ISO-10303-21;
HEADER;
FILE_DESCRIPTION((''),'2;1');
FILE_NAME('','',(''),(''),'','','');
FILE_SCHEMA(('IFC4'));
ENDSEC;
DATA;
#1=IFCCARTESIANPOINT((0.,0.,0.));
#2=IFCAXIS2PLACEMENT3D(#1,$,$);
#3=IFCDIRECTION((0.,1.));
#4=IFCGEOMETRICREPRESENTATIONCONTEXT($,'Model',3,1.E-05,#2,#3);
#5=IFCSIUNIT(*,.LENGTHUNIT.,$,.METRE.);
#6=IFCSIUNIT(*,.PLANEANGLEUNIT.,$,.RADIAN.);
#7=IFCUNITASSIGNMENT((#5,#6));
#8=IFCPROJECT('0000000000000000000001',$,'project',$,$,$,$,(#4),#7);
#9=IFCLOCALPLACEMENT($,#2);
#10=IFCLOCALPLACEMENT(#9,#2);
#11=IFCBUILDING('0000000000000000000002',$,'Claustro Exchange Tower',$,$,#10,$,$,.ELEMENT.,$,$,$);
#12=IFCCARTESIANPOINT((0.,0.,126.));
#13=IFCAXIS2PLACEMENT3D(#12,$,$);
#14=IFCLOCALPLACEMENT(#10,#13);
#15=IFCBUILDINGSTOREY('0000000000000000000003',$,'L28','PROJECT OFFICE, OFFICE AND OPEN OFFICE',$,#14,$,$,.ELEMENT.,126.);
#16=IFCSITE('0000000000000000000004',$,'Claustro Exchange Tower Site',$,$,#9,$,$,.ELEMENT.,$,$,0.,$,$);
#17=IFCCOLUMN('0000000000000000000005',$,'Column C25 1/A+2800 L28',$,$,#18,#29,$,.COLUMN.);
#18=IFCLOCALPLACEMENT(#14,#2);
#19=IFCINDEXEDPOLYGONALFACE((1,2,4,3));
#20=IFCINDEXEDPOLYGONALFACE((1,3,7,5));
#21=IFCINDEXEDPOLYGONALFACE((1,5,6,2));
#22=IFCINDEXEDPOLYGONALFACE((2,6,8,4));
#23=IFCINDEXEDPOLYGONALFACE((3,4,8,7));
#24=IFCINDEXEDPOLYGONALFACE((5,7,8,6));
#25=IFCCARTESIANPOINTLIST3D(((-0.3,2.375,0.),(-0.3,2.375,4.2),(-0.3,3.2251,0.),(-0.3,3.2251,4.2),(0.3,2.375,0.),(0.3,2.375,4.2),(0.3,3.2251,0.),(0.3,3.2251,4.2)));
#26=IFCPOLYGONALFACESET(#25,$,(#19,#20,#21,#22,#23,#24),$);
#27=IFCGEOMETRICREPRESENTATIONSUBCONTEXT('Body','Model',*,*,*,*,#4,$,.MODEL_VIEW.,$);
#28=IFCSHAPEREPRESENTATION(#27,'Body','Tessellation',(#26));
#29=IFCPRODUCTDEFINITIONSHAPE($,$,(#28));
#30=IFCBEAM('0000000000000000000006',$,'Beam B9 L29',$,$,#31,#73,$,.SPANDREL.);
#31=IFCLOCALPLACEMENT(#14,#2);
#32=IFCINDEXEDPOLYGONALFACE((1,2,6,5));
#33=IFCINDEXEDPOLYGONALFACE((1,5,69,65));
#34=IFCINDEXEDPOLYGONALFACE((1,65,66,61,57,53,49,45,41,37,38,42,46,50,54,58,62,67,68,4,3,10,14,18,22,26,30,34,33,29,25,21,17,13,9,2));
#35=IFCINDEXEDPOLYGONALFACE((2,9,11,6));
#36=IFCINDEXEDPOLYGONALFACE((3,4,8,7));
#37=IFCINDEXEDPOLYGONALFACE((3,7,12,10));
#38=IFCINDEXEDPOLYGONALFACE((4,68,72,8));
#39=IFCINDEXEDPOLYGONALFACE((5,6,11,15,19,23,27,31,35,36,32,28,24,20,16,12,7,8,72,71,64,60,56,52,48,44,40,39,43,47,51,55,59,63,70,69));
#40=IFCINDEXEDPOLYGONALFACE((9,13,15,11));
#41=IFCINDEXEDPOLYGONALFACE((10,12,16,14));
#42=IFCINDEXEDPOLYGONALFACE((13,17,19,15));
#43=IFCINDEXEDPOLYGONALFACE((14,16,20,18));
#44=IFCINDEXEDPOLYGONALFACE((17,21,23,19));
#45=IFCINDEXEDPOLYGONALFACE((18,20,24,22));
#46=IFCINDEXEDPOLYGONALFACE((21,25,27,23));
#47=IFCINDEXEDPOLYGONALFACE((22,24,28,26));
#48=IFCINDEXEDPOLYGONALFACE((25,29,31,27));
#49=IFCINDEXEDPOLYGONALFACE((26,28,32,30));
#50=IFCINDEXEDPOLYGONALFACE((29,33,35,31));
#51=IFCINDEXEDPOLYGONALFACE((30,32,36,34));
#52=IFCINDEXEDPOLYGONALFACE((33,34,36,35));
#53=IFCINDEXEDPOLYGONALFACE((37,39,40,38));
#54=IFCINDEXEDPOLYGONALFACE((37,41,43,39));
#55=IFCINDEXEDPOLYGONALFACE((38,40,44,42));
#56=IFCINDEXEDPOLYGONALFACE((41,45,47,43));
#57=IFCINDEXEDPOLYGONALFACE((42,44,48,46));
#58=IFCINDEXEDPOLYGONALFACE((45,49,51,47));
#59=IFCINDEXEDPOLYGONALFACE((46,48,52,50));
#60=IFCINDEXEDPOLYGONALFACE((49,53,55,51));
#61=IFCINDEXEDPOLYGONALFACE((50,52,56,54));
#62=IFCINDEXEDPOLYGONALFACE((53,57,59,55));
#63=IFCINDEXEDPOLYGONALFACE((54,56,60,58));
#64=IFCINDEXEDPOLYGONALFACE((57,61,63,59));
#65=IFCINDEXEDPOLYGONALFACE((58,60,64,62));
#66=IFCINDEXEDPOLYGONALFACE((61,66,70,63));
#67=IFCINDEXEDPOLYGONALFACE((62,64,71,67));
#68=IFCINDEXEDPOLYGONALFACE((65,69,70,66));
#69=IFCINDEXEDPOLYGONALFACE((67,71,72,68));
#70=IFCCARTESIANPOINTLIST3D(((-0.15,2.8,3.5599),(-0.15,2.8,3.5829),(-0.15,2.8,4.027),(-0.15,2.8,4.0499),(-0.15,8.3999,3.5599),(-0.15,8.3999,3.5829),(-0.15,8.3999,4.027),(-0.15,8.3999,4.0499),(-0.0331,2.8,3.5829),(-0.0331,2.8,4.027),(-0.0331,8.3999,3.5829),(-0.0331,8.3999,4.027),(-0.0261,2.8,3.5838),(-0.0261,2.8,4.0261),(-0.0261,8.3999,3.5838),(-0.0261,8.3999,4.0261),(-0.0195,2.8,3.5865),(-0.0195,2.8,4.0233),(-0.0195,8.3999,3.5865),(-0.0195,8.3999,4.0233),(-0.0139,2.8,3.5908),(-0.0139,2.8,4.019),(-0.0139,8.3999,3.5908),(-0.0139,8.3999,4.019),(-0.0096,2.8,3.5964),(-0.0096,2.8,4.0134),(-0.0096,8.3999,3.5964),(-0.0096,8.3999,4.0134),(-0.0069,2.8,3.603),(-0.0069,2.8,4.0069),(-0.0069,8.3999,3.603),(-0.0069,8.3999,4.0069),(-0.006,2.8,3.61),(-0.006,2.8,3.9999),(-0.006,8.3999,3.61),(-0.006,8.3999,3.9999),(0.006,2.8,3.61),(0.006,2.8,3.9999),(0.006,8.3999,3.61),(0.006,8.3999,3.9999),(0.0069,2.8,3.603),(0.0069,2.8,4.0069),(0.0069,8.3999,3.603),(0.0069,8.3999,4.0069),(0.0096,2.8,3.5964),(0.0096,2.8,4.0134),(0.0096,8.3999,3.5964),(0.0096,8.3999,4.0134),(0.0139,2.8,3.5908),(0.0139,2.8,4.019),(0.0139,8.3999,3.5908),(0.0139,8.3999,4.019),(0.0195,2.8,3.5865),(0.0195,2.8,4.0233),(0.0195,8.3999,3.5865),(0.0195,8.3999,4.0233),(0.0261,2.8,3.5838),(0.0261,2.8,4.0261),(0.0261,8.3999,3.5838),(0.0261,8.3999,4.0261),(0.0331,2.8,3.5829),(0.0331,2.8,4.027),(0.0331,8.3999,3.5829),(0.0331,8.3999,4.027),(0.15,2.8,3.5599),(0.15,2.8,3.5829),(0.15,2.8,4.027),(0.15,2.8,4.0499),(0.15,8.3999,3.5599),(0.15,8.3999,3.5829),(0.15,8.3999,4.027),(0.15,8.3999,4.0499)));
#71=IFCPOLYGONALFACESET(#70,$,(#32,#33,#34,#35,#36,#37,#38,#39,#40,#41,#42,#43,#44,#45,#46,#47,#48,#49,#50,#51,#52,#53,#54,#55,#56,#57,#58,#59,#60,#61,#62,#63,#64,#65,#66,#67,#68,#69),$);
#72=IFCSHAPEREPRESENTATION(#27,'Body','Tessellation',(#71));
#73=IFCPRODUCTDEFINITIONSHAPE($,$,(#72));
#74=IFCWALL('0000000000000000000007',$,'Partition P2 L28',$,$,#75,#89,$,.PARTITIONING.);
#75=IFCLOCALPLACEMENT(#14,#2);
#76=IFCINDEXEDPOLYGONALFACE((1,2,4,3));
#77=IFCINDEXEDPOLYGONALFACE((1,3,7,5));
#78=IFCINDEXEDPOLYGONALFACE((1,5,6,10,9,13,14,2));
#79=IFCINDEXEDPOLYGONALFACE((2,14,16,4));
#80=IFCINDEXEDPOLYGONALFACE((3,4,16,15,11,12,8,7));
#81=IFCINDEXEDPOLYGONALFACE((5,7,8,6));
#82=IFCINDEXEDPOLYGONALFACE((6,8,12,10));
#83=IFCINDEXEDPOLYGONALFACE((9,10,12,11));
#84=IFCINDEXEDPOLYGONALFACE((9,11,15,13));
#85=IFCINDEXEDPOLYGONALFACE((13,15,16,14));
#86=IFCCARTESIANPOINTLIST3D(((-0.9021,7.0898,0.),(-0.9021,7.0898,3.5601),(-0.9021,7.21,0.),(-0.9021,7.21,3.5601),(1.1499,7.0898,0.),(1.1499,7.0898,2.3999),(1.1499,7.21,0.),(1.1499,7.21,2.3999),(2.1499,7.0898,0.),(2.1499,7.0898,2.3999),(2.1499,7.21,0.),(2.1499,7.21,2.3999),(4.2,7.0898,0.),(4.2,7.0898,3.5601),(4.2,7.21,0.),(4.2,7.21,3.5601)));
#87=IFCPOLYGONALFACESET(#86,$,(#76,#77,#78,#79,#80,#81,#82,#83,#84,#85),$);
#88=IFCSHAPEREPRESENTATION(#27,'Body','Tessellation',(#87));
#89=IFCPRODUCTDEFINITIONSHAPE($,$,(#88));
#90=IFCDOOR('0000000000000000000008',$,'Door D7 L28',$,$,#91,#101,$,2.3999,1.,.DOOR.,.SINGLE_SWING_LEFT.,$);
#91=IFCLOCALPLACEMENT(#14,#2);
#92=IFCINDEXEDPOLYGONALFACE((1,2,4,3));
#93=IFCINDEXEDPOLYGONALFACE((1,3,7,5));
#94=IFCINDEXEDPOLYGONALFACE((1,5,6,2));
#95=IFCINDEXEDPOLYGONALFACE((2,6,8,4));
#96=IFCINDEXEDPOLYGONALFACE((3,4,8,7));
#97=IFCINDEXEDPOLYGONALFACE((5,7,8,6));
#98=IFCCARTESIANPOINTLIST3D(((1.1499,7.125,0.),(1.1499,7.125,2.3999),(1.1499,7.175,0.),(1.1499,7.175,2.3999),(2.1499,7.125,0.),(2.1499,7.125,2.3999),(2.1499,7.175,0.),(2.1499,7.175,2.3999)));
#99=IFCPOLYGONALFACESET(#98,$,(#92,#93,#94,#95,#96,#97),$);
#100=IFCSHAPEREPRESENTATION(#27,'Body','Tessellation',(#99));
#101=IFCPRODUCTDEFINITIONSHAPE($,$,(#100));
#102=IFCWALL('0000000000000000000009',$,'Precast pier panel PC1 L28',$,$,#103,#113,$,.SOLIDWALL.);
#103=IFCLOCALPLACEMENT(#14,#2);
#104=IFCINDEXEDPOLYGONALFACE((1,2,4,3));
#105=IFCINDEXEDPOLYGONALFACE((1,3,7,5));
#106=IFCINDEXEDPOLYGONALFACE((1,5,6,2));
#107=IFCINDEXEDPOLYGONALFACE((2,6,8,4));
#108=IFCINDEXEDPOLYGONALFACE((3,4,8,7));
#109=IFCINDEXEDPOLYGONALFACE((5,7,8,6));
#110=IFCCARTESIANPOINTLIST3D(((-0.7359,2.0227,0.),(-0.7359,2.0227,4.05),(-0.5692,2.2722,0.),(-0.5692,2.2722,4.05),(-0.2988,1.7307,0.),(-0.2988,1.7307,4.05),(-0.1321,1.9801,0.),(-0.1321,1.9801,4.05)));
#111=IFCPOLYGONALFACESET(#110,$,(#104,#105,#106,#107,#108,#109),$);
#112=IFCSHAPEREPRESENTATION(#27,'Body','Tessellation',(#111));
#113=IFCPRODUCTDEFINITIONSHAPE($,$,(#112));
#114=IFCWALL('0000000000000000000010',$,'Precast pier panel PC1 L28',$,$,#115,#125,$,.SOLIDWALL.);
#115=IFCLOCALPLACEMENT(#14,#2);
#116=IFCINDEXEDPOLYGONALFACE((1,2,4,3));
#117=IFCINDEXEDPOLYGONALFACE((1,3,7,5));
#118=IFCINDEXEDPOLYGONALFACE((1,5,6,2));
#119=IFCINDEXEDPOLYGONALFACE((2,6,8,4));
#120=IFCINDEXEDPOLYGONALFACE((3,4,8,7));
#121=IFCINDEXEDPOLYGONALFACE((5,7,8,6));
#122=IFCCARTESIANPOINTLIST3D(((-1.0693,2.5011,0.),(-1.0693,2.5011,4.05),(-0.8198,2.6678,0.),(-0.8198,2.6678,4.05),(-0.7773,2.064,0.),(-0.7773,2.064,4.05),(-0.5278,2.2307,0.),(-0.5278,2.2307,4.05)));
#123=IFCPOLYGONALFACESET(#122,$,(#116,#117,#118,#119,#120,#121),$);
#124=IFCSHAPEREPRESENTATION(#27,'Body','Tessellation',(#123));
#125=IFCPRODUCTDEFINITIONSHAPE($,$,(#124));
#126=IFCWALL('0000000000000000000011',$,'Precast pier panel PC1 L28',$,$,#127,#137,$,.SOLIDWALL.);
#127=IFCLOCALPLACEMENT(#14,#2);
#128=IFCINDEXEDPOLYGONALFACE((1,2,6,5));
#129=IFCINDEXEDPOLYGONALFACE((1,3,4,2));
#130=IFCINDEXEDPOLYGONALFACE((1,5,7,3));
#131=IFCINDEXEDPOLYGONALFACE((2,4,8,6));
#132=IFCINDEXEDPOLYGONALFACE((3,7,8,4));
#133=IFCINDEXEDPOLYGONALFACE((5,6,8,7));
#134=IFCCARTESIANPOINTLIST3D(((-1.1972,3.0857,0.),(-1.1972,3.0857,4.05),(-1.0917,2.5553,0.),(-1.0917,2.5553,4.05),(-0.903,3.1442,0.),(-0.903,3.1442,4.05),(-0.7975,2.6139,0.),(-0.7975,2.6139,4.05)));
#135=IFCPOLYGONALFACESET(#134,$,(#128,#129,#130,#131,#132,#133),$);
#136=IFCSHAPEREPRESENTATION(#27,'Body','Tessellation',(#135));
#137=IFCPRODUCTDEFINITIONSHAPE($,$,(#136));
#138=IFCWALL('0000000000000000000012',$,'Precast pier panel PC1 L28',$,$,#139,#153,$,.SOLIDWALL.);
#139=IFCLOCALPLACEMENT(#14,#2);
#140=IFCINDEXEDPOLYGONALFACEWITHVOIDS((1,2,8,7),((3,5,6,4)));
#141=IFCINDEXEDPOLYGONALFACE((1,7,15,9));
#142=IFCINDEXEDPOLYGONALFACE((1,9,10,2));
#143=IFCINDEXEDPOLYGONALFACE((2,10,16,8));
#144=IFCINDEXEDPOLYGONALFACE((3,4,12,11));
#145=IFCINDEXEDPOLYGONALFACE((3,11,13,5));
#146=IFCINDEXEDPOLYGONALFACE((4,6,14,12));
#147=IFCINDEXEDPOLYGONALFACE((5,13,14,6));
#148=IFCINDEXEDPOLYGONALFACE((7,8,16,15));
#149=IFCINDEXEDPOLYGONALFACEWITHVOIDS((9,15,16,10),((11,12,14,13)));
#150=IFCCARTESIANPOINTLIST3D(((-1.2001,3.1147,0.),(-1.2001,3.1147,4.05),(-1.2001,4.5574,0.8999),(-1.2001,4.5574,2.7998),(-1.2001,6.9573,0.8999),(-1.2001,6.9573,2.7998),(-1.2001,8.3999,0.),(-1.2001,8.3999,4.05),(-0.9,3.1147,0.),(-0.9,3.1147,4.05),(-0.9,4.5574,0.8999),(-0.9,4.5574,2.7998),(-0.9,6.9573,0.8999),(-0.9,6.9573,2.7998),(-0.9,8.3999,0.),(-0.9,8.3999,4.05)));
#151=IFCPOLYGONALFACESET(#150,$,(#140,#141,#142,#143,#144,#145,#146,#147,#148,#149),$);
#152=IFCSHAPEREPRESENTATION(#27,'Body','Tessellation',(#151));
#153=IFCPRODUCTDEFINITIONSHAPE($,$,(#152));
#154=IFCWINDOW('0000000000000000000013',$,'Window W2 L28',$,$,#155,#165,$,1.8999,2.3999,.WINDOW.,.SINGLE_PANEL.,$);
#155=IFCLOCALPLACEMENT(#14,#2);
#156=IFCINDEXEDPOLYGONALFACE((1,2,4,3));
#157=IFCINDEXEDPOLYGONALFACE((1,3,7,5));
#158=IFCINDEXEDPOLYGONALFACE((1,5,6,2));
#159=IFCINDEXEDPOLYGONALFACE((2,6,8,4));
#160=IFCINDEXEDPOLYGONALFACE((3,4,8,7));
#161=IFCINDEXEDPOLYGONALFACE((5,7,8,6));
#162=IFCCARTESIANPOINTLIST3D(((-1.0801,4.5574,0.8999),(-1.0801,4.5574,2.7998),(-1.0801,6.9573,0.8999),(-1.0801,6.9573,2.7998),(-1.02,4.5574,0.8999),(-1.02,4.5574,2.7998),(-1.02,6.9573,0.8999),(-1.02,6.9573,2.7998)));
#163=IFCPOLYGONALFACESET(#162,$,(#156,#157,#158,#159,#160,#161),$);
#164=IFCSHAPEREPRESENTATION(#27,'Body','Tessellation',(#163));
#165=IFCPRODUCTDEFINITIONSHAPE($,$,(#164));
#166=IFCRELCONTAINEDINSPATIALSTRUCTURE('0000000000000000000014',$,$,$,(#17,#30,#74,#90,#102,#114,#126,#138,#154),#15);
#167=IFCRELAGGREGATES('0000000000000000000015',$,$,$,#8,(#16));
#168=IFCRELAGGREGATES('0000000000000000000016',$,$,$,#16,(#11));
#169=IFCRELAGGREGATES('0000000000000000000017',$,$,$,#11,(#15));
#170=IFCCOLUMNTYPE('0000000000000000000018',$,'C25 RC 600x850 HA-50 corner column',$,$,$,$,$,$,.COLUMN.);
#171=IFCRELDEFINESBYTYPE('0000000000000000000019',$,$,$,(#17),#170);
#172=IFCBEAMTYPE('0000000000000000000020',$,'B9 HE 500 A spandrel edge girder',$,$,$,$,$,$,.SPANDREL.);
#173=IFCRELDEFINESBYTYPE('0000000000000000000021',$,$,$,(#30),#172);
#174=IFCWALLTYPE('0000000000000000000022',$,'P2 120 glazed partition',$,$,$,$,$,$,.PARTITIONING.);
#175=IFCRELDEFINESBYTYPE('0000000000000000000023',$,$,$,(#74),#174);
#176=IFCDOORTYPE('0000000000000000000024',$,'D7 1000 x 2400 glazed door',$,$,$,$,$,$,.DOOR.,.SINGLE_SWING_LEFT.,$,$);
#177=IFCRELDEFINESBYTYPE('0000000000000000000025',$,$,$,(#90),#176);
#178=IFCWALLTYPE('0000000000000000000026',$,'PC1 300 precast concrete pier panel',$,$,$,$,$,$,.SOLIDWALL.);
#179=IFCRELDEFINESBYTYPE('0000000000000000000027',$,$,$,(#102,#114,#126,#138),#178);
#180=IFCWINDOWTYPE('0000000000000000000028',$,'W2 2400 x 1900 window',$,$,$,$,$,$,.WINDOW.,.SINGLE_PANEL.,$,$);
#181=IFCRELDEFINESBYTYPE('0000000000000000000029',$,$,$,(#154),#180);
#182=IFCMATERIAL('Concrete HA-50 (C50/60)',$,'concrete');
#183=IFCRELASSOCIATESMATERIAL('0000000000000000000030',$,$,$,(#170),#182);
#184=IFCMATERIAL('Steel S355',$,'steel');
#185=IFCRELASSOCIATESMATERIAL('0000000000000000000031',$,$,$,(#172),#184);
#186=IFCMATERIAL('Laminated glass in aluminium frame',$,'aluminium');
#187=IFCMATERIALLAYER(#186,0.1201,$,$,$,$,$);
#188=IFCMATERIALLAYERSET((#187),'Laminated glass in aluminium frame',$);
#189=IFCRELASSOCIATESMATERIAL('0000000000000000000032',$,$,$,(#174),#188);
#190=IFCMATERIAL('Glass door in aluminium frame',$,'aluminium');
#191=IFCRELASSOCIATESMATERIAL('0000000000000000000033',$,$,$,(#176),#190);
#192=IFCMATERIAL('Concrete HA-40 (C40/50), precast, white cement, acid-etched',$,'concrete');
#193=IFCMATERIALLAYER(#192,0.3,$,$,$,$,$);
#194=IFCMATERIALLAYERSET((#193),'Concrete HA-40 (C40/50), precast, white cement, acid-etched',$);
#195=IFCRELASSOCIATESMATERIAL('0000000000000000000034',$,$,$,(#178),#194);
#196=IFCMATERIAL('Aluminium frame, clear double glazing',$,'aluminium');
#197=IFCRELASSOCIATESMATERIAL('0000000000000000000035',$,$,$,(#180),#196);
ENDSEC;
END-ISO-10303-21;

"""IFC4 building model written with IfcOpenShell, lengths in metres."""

from ifc_helpers import new_model, si_unit, direction, frame, frame_2d, origin, origin_2d, place, context, subcontext, project, spatial, rectangle, i_section, extrude, material, layer, layer_set, material_profile, profile_set, type_object, element, fill, save


model = new_model("IFC4")

# Units and contexts
model_context = context("Model", 3, precision=1e-05, world=origin(), true_north=direction((0.0, 1.0)))
body_context = subcontext(model_context, "Body", "Model", "MODEL_VIEW")
ifc_project = project(units=[si_unit("LENGTHUNIT", "METRE"), si_unit("PLANEANGLEUNIT", "RADIAN")], contexts=[model_context])

# Site, building, storey
site_placement = place(None, origin())
site = spatial("IfcSite", under=ifc_project, at=site_placement, Name="Claustro Exchange Tower Site", CompositionType="ELEMENT", RefElevation=0.0)
building_placement = place(site_placement, origin())
building = spatial("IfcBuilding", under=site, at=building_placement, Name="Claustro Exchange Tower", CompositionType="ELEMENT")
storey_placement = place(building_placement, frame((0.0, 0.0, 126.0)))
storey = spatial("IfcBuildingStorey", under=building, at=storey_placement, Name="L28", Description="PROJECT OFFICE, OFFICE AND OPEN OFFICE", CompositionType="ELEMENT", Elevation=126.0)

# Column
ifc_material_1 = material(Name="Concrete HA-50 (C50/60)", Category="concrete")
ifc_material_profile_1 = material_profile(ifc_material_1, rectangle(XDim=0.6001, YDim=0.8501, at=origin_2d()), Name="RC 600x850")
ifc_profile_set_1 = profile_set([ifc_material_profile_1], Name="Concrete HA-50 (C50/60)")
column_type = type_object("IfcColumnType", Name="C25 RC 600x850 HA-50 corner column", PredefinedType="COLUMN", material=ifc_profile_set_1)
column_placement = place(storey_placement, frame((0.0, 2.8, 0.0), z_axis=(0.0, 0.0, 1.0), x_axis=(1.0, 0.0, 0.0)))
element("IfcColumn", 1, at=column_placement, inside=storey, type_object=column_type, Name="Column C25 1/A+2800 L28", PredefinedType="COLUMN", context=body_context, shape_type="SweptSolid", body=[
    extrude(rectangle(XDim=0.6001, YDim=0.8501, at=origin_2d()), origin(), (0.0, 0.0, 1.0), 4.2),
])

# Beam
ifc_material_2 = material(Name="Steel S355", Category="steel")
ifc_material_profile_2 = material_profile(ifc_material_2, i_section(OverallWidth=0.3, OverallDepth=0.49, WebThickness=0.012, FlangeThickness=0.0229, FilletRadius=0.0271, at=origin_2d()), Name="HE 500 A")
ifc_profile_set_2 = profile_set([ifc_material_profile_2], Name="Steel S355")
beam_type = type_object("IfcBeamType", Name="B9 HE 500 A spandrel edge girder", PredefinedType="SPANDREL", material=ifc_profile_set_2)
beam_placement = place(storey_placement, frame((0.0, 2.8, 3.8049), z_axis=(0.0, 1.0, 0.0), x_axis=(-1.0, 0.0, 0.0)))
element("IfcBeam", 2, at=beam_placement, inside=storey, type_object=beam_type, Name="Beam B9 L29", PredefinedType="SPANDREL", context=body_context, shape_type="SweptSolid", body=[
    extrude(i_section(OverallWidth=0.3, OverallDepth=0.49, WebThickness=0.012, FlangeThickness=0.0229, FilletRadius=0.0271, at=origin_2d()), origin(), (0.0, 0.0, 1.0), 5.5999),
])

# Wall, opening, door
ifc_material_3 = material(Name="Laminated glass in aluminium frame", Category="aluminium")
ifc_layer_1 = layer(ifc_material_3, 0.1201)
ifc_layer_set_1 = layer_set([ifc_layer_1], Name="Laminated glass in aluminium frame")
wall_type_1 = type_object("IfcWallType", Name="P2 120 glazed partition", PredefinedType="PARTITIONING", material=ifc_layer_set_1)
wall_1_placement = place(storey_placement, frame((-0.9021, 7.1499, 0.0), z_axis=(0.0, 0.0, 1.0), x_axis=(1.0, 0.0, 0.0)))
wall_1 = element("IfcWall", 3, at=wall_1_placement, inside=storey, type_object=wall_type_1, Name="Partition P2 L28", PredefinedType="PARTITIONING", context=body_context, shape_type="SweptSolid", body=[
    extrude(rectangle(XDim=5.1021, YDim=0.1201, at=frame_2d((2.551, 0.0))), origin(), (0.0, 0.0, 1.0), 3.5601),
])
opening_1_placement = place(wall_1_placement, frame((2.052, 0.0, 0.0)))
opening_1 = element("IfcOpeningElement", 4, at=opening_1_placement, cuts=wall_1, PredefinedType="OPENING", context=body_context, shape_type="SweptSolid", body=[
    extrude(rectangle(XDim=1.0, YDim=2.3999, at=frame_2d((0.5, 1.2))), frame((0.0, 0.0701, 0.0), z_axis=(0.0, -1.0, 0.0), x_axis=(1.0, 0.0, 0.0)), (0.0, 0.0, 1.0), 0.1401),
])
ifc_material_4 = material(Name="Glass door in aluminium frame", Category="aluminium")
door_type_1 = type_object("IfcDoorType", Name="D7 1000 x 2400 glazed door", OperationType="SINGLE_SWING_LEFT", PredefinedType="DOOR", material=ifc_material_4)
door_1_placement = place(opening_1_placement, frame((1.0, 0.0, 0.0), z_axis=(0.0, 0.0, 1.0), x_axis=(-1.0, 0.0, 0.0)))
door_1 = element("IfcDoor", 5, at=door_1_placement, inside=storey, type_object=door_type_1, Name="Door D7 L28", OperationType="SINGLE_SWING_LEFT", OverallHeight=2.3999, OverallWidth=1.0, PredefinedType="DOOR", context=body_context, shape_type="SweptSolid", body=[
    extrude(rectangle(XDim=1.0, YDim=2.3999, at=frame_2d((0.5, 1.2))), frame((0.0, 0.0249, 0.0), z_axis=(0.0, -1.0, 0.0), x_axis=(1.0, 0.0, 0.0)), (0.0, 0.0, 1.0), 0.05),
])
fill(opening_1, door_1)

# Walls
ifc_material_5 = material(Name="Concrete HA-40 (C40/50), precast, white cement, acid-etched", Category="concrete")
ifc_layer_2 = layer(ifc_material_5, 0.3)
ifc_layer_set_2 = layer_set([ifc_layer_2], Name="Concrete HA-40 (C40/50), precast, white cement, acid-etched")
wall_type_2 = type_object("IfcWallType", Name="PC1 300 precast concrete pier panel", PredefinedType="SOLIDWALL", material=ifc_layer_set_2)
for number, where, z_axis, x_axis, name in (
    (6, (-0.2156, 1.8555, 0.0), (0.0, 0.0, 1.0), (-0.831478, 0.555557, 0.0), "Precast pier panel PC1 L28"),
    (7, (-0.6526, 2.1475, 0.0), (0.0, 0.0, 1.0), (-0.555557, 0.831478, 0.0), "Precast pier panel PC1 L28"),
):
    element("IfcWall", number, at=place(storey_placement, frame(where, z_axis=z_axis, x_axis=x_axis)), inside=storey, type_object=wall_type_2, Name=name, PredefinedType="SOLIDWALL", context=body_context, shape_type="SweptSolid", body=[
        extrude(rectangle(XDim=0.5256, YDim=0.3, at=frame_2d((0.2627, 0.0))), origin(), (0.0, 0.0, 1.0), 4.05),
    ])
wall_2_placement = place(storey_placement, frame((-0.9446, 2.5845, 0.0), z_axis=(0.0, 0.0, 1.0), x_axis=(-0.195074, 0.980789, 0.0)))
element("IfcWall", 8, at=wall_2_placement, inside=storey, type_object=wall_type_2, Name="Precast pier panel PC1 L28", PredefinedType="SOLIDWALL", context=body_context, shape_type="SweptSolid", body=[
    extrude(rectangle(XDim=0.5408, YDim=0.3, at=frame_2d((0.2705, 0.0))), origin(), (0.0, 0.0, 1.0), 4.05),
])

# Wall, opening, window
wall_3_placement = place(storey_placement, frame((-1.05, 3.1147, 0.0), z_axis=(0.0, 0.0, 1.0), x_axis=(0.0, 1.0, 0.0)))
wall_3 = element("IfcWall", 9, at=wall_3_placement, inside=storey, type_object=wall_type_2, Name="Precast pier panel PC1 L28", PredefinedType="SOLIDWALL", context=body_context, shape_type="SweptSolid", body=[
    extrude(rectangle(XDim=5.2852, YDim=0.3, at=frame_2d((2.6426, 0.0))), origin(), (0.0, 0.0, 1.0), 4.05),
])
opening_2_placement = place(wall_3_placement, frame((1.4426, 0.0, 0.8999)))
opening_2 = element("IfcOpeningElement", 10, at=opening_2_placement, cuts=wall_3, PredefinedType="OPENING", context=body_context, shape_type="SweptSolid", body=[
    extrude(rectangle(XDim=2.3999, YDim=1.8999, at=frame_2d((1.2, 0.95))), frame((0.0, 0.1599, 0.0), z_axis=(0.0, -1.0, 0.0), x_axis=(1.0, 0.0, 0.0)), (0.0, 0.0, 1.0), 0.3201),
])
ifc_material_6 = material(Name="Aluminium frame, clear double glazing", Category="aluminium")
window_type = type_object("IfcWindowType", Name="W2 2400 x 1900 window", PartitioningType="SINGLE_PANEL", PredefinedType="WINDOW", material=ifc_material_6)
window_1_placement = place(opening_2_placement, origin())
window_1 = element("IfcWindow", 11, at=window_1_placement, inside=storey, type_object=window_type, Name="Window W2 L28", OverallHeight=1.8999, OverallWidth=2.3999, PartitioningType="SINGLE_PANEL", PredefinedType="WINDOW", context=body_context, shape_type="SweptSolid", body=[
    extrude(rectangle(XDim=2.3999, YDim=1.8999, at=frame_2d((1.2, 0.95))), frame((0.0, 0.03, 0.0), z_axis=(0.0, -1.0, 0.0), x_axis=(1.0, 0.0, 0.0)), (0.0, 0.0, 1.0), 0.0601),
])
fill(opening_2, window_1)

save(model, "model.ifc")
